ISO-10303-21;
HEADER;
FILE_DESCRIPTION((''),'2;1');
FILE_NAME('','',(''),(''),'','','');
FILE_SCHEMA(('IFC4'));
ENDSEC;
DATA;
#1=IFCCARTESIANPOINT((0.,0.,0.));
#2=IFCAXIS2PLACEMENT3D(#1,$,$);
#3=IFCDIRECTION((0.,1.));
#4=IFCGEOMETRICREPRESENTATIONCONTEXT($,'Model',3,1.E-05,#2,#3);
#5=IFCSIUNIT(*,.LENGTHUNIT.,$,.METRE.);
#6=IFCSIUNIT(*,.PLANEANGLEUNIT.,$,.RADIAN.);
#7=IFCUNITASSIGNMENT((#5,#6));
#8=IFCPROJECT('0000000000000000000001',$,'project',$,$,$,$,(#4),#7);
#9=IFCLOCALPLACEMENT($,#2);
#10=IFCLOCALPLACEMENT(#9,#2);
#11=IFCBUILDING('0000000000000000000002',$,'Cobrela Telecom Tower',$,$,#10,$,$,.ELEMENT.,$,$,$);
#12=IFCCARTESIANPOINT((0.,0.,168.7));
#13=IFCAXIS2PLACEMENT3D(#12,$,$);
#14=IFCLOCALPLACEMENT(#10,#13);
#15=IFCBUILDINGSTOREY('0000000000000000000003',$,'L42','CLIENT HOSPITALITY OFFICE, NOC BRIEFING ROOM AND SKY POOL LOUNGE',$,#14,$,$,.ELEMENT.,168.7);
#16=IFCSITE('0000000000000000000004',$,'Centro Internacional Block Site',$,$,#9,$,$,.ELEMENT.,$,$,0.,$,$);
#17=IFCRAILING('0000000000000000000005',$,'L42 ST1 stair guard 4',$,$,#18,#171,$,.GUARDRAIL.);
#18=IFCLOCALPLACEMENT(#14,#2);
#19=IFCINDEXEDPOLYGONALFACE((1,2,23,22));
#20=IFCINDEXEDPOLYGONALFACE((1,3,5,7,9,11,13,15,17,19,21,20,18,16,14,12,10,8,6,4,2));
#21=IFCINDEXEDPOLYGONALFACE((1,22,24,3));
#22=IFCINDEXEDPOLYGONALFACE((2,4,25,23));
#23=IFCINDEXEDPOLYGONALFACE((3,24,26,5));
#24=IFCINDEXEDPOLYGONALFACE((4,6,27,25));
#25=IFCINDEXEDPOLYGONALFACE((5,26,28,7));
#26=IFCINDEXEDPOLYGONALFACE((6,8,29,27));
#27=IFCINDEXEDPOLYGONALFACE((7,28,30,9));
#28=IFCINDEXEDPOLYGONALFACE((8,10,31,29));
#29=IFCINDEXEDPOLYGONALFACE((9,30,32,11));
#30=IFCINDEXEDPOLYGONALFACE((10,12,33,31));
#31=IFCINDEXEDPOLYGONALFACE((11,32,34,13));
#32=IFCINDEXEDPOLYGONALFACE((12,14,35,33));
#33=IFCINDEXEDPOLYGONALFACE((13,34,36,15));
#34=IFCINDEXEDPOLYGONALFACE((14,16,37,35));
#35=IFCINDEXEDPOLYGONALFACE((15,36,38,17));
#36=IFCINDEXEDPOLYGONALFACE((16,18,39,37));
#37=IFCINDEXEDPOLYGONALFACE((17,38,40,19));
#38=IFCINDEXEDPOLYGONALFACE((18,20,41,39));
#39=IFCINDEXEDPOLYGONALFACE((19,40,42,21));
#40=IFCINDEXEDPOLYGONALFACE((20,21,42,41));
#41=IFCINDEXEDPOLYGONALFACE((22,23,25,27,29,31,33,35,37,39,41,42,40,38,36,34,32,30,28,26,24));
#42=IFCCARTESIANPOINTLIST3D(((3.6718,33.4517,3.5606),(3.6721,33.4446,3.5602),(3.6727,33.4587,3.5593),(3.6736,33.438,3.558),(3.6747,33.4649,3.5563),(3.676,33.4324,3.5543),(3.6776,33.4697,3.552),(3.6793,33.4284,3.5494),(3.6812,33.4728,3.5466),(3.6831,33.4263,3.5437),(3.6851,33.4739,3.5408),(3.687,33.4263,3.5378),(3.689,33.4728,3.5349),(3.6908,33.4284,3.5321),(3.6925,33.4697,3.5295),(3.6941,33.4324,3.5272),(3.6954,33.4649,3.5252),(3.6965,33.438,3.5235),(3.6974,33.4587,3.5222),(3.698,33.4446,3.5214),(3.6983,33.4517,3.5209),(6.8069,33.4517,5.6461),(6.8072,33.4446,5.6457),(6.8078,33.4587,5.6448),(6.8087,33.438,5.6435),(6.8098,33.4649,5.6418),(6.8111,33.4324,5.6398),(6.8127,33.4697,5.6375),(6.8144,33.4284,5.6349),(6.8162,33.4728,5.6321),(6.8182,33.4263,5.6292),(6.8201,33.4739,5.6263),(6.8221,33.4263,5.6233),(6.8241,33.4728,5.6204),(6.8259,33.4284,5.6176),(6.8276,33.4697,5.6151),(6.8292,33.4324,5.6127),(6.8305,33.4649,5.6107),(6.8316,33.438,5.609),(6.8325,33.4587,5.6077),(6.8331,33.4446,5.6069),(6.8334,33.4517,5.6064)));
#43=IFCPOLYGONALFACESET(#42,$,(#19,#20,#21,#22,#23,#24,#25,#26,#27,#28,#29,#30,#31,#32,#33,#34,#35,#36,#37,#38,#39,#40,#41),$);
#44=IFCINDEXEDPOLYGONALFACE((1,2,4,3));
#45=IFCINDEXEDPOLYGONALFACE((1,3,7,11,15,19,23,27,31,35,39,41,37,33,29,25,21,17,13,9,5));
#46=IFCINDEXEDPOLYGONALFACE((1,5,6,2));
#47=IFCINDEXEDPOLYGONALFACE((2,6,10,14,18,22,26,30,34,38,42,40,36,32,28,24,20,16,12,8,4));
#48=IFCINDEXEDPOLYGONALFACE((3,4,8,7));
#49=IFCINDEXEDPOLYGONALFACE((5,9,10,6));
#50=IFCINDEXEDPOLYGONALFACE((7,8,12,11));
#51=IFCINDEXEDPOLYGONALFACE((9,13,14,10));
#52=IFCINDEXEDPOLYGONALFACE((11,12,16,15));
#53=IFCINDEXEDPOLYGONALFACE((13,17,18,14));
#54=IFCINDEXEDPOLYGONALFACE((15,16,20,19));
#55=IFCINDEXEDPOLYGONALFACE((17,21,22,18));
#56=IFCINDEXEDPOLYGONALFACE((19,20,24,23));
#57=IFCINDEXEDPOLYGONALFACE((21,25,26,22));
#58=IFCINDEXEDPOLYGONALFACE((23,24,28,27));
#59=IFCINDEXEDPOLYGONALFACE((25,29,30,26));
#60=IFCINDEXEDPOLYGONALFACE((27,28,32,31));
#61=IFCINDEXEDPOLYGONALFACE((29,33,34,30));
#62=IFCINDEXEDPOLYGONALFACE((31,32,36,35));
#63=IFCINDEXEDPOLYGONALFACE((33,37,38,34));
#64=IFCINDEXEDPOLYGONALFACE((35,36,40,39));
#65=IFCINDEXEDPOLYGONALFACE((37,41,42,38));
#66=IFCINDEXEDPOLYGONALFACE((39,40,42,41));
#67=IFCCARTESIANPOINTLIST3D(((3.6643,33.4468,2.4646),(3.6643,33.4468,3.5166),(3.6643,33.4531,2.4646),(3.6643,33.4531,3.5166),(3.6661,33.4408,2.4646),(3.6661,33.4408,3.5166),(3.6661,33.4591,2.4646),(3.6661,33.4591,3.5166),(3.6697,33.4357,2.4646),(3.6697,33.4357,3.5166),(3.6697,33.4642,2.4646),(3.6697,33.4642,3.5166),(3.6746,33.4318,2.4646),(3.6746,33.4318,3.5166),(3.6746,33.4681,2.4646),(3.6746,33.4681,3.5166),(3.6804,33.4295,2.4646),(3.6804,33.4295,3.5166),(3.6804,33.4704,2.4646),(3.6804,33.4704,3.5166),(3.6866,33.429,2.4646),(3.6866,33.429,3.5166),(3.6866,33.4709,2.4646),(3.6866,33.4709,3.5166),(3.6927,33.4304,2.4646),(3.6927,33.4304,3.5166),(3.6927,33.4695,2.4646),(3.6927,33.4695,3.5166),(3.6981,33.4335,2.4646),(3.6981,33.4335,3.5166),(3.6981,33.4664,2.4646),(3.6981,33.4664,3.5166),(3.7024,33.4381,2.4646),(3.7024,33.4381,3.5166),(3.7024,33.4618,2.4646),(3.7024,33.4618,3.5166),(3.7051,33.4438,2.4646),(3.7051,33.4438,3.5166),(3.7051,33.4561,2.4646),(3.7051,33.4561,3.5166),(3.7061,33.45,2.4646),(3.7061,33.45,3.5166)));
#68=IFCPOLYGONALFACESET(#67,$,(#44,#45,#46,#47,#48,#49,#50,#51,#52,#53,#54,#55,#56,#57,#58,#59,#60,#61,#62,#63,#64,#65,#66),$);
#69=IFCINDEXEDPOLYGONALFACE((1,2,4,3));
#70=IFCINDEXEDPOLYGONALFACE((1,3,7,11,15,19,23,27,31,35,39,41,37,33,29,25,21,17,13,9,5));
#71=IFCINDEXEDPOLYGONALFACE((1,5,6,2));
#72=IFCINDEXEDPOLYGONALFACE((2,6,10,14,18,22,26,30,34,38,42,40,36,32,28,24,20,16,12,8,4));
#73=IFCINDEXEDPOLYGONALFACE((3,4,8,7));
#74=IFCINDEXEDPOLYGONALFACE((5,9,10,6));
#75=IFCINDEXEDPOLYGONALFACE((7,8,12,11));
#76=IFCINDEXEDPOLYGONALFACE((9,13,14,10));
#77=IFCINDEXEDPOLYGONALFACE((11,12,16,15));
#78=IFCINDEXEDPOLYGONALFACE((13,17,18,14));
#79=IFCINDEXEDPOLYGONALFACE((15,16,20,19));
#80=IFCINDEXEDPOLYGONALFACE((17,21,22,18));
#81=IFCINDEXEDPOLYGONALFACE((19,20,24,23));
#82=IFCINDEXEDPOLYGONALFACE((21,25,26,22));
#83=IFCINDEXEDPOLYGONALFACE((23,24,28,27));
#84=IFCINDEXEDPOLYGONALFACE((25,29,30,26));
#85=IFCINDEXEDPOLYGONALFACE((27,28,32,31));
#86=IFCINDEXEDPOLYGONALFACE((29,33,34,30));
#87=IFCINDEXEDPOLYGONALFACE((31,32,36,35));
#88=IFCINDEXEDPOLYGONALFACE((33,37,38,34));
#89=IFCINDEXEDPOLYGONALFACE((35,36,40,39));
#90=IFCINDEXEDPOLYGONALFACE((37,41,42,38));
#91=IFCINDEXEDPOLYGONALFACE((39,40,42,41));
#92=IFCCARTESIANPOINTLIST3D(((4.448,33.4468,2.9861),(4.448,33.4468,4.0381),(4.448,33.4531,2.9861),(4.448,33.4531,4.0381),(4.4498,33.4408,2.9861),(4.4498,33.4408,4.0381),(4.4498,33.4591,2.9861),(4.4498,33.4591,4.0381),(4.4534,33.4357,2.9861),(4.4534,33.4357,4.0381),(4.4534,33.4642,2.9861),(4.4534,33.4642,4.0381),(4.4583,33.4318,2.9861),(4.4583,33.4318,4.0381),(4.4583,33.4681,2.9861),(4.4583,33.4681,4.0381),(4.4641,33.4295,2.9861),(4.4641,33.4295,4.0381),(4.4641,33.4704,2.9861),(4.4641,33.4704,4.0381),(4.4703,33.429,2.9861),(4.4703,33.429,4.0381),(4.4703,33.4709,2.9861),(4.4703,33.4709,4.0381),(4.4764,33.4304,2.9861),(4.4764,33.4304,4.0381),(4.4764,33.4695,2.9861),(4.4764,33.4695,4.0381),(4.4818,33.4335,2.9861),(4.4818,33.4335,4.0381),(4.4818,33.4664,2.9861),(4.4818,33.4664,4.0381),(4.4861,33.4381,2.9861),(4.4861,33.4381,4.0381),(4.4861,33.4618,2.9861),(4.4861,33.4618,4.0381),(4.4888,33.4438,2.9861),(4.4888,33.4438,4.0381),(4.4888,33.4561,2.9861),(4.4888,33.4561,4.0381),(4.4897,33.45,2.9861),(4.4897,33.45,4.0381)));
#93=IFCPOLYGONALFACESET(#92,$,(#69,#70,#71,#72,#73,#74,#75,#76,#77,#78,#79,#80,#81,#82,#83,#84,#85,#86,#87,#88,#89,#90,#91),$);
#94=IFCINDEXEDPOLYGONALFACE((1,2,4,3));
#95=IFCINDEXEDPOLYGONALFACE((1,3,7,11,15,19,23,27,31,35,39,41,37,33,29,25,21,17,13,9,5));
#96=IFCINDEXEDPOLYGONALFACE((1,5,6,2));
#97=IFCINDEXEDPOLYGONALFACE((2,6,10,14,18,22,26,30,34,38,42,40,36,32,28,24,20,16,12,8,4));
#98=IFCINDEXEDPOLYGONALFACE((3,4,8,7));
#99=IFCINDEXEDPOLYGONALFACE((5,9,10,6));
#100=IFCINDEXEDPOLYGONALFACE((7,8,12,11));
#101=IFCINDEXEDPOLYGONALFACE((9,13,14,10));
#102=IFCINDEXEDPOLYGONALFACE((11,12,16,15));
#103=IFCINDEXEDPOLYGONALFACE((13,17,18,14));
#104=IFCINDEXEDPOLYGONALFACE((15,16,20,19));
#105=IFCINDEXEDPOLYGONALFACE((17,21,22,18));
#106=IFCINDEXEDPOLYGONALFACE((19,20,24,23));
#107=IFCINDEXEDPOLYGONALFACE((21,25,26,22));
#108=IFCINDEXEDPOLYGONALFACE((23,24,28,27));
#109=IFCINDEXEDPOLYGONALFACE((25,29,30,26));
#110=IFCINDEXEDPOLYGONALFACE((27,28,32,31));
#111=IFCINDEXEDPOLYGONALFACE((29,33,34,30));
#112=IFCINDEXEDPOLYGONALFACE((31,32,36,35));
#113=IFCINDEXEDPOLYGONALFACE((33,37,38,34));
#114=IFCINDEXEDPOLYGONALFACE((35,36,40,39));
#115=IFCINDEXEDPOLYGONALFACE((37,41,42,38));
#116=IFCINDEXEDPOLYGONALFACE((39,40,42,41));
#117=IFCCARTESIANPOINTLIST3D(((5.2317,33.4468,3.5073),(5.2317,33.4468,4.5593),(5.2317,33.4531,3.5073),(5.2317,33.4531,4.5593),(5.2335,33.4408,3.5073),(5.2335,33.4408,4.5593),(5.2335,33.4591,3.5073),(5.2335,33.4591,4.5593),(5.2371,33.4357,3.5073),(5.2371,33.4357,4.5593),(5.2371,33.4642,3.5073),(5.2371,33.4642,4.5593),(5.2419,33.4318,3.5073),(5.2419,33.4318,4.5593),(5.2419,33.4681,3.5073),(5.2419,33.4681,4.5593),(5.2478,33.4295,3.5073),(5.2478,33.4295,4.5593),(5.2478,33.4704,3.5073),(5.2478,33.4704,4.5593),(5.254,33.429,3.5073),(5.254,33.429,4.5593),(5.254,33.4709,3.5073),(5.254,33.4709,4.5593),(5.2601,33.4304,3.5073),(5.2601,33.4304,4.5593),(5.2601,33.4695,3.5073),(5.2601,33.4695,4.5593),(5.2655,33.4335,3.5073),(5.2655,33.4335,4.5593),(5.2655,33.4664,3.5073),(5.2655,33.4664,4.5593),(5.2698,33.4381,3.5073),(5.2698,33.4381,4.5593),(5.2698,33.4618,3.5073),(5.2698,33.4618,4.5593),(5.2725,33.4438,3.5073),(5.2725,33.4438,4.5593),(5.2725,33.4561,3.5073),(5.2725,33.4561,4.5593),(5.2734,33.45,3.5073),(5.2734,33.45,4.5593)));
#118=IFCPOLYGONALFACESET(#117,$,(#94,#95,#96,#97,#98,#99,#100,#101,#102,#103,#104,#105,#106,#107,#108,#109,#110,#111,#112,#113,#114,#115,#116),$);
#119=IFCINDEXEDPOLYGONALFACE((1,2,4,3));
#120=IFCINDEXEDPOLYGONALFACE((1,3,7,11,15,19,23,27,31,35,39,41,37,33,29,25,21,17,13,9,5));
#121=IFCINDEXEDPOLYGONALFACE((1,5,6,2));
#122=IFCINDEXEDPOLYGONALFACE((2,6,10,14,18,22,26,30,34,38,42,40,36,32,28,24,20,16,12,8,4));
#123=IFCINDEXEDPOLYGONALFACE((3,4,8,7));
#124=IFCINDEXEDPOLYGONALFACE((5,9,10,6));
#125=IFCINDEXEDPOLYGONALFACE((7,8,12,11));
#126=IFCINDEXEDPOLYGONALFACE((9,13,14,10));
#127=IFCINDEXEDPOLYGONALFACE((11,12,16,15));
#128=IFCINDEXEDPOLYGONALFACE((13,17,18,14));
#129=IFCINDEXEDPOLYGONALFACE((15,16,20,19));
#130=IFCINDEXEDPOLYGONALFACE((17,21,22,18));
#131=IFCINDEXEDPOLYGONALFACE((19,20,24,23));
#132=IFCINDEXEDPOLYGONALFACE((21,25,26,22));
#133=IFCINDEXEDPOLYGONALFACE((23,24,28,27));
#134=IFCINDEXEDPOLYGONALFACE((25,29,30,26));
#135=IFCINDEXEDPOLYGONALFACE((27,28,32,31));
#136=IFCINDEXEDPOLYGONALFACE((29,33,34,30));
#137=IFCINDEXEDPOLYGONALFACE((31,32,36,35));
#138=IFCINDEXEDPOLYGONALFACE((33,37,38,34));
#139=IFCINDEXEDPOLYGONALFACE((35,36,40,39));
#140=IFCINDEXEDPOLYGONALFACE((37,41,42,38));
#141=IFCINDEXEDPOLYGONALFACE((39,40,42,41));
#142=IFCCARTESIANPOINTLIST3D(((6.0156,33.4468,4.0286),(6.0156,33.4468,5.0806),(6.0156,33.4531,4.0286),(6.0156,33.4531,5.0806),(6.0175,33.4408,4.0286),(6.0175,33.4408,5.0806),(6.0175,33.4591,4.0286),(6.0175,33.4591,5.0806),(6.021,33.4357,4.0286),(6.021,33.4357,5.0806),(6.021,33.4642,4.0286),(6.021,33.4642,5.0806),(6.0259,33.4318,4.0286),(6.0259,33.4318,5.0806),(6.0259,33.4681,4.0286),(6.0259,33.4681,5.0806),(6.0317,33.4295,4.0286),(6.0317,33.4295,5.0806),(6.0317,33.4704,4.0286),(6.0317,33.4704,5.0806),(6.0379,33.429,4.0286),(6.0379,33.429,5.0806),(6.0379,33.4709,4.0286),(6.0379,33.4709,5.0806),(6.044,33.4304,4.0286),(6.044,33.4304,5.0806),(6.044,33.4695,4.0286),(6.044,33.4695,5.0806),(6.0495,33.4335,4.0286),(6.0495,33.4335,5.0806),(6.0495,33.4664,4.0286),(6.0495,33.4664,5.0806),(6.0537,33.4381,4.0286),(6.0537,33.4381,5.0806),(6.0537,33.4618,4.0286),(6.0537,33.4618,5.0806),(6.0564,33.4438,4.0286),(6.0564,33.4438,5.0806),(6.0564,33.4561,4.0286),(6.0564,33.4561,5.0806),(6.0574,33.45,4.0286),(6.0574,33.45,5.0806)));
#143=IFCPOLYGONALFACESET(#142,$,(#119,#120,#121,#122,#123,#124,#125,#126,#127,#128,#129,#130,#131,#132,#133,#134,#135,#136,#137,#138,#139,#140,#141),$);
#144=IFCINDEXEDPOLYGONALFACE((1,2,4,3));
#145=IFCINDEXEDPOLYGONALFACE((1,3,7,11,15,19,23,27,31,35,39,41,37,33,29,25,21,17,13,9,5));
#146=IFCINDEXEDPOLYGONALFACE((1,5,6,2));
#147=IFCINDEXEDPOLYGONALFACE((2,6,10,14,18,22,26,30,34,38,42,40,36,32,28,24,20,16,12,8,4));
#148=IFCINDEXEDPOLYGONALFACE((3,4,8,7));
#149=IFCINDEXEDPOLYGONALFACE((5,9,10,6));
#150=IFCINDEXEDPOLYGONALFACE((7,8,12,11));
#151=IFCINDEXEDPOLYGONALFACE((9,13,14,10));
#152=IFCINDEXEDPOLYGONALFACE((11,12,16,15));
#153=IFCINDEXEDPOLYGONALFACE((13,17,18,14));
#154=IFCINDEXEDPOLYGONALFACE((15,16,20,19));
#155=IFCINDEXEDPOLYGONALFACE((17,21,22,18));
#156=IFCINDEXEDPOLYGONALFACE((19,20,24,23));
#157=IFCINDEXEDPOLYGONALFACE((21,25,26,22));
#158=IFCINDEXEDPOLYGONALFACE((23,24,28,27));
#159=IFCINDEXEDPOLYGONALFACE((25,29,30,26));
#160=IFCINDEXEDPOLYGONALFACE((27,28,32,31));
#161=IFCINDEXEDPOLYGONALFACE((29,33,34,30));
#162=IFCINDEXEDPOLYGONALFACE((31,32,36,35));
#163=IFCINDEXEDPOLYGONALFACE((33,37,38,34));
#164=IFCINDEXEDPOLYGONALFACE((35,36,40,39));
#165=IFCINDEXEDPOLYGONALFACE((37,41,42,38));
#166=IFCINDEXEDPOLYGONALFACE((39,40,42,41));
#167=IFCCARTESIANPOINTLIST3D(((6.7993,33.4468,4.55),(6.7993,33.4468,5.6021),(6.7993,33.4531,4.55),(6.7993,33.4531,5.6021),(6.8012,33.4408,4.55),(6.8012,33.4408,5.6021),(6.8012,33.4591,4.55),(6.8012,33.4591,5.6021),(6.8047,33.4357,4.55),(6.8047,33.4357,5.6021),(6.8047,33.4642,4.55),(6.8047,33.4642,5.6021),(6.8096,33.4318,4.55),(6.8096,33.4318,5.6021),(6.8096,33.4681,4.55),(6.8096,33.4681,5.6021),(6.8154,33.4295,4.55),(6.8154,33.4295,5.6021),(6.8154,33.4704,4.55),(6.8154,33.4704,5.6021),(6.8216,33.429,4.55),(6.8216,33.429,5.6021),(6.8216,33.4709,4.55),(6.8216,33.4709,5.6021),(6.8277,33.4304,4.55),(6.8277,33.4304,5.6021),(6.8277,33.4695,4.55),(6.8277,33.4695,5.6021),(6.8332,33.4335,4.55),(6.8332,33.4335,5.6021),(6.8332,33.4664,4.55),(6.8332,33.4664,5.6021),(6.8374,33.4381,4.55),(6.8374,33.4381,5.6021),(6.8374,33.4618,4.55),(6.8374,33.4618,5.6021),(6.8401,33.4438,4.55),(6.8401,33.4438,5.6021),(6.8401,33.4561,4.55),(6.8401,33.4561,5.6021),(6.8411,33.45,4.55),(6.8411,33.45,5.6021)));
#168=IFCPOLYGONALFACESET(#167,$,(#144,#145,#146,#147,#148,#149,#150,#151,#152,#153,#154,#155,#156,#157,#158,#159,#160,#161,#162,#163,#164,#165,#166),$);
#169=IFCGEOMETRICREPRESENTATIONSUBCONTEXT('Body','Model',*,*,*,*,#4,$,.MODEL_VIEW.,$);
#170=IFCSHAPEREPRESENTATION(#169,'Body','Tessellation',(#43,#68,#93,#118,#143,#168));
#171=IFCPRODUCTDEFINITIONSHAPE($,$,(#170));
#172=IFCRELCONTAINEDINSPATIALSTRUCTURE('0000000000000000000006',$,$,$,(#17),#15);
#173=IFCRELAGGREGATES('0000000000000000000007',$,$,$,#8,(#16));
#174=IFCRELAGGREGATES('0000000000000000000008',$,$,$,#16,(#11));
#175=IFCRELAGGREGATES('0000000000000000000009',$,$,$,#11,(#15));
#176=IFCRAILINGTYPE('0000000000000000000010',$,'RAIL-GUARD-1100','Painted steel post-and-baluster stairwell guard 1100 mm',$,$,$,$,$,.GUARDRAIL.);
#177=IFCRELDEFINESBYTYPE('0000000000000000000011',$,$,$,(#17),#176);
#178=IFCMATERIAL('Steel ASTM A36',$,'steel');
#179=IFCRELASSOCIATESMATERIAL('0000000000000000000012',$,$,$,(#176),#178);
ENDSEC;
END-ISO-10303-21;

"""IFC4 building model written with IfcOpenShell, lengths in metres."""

from ifc_helpers import new_model, si_unit, direction, frame, origin, origin_2d, place, context, subcontext, project, spatial, circle, extrude, material, type_object, element, save


model = new_model("IFC4")

# Units and contexts
model_context = context("Model", 3, precision=1e-05, world=origin(), true_north=direction((0.0, 1.0)))
body_context = subcontext(model_context, "Body", "Model", "MODEL_VIEW")
ifc_project = project(units=[si_unit("LENGTHUNIT", "METRE"), si_unit("PLANEANGLEUNIT", "RADIAN")], contexts=[model_context])

# Site, building, storey
site_placement = place(None, origin())
site = spatial("IfcSite", under=ifc_project, at=site_placement, Name="Centro Internacional Block Site", CompositionType="ELEMENT", RefElevation=0.0)
building_placement = place(site_placement, origin())
building = spatial("IfcBuilding", under=site, at=building_placement, Name="Cobrela Telecom Tower", CompositionType="ELEMENT")
storey_placement = place(building_placement, frame((0.0, 0.0, 168.7)))
storey = spatial("IfcBuildingStorey", under=building, at=storey_placement, Name="L42", Description="CLIENT HOSPITALITY OFFICE, NOC BRIEFING ROOM AND SKY POOL LOUNGE", CompositionType="ELEMENT", Elevation=168.7)

# Railing
ifc_material_1 = material(Name="Steel ASTM A36", Category="steel")
railing_type_1 = type_object("IfcRailingType", Name="RAIL-GUARD-1100", Description="Painted steel post-and-baluster stairwell guard 1100 mm", PredefinedType="GUARDRAIL", material=ifc_material_1)
railing_1_placement = place(storey_placement, frame((3.6851, 33.45, 2.4646)))
element("IfcRailing", 1, at=railing_1_placement, inside=storey, type_object=railing_type_1, Name="L42 ST1 stair guard 4", PredefinedType="GUARDRAIL", context=body_context, shape_type="SweptSolid", body=[
    extrude(circle(Radius=0.0239, at=origin_2d()), frame((0.0, 0.0, 1.0762), z_axis=(0.832608, 0.0, 0.553862), x_axis=(0.0, 1.0, 0.0)), (0.0, 0.0, 1.0), 3.7654),
    extrude(circle(Radius=0.021, at=origin_2d()), origin(), (0.0, 0.0, 1.0), 1.052),
    extrude(circle(Radius=0.021, at=origin_2d()), frame((0.7837, 0.0, 0.5215)), (0.0, 0.0, 1.0), 1.052),
    extrude(circle(Radius=0.021, at=origin_2d()), frame((1.5674, 0.0, 1.0427)), (0.0, 0.0, 1.0), 1.052),
    extrude(circle(Radius=0.021, at=origin_2d()), frame((2.3513, 0.0, 1.564)), (0.0, 0.0, 1.0), 1.052),
    extrude(circle(Radius=0.021, at=origin_2d()), frame((3.135, 0.0, 2.0854)), (0.0, 0.0, 1.0), 1.052),
])

save(model, "model.ifc")
